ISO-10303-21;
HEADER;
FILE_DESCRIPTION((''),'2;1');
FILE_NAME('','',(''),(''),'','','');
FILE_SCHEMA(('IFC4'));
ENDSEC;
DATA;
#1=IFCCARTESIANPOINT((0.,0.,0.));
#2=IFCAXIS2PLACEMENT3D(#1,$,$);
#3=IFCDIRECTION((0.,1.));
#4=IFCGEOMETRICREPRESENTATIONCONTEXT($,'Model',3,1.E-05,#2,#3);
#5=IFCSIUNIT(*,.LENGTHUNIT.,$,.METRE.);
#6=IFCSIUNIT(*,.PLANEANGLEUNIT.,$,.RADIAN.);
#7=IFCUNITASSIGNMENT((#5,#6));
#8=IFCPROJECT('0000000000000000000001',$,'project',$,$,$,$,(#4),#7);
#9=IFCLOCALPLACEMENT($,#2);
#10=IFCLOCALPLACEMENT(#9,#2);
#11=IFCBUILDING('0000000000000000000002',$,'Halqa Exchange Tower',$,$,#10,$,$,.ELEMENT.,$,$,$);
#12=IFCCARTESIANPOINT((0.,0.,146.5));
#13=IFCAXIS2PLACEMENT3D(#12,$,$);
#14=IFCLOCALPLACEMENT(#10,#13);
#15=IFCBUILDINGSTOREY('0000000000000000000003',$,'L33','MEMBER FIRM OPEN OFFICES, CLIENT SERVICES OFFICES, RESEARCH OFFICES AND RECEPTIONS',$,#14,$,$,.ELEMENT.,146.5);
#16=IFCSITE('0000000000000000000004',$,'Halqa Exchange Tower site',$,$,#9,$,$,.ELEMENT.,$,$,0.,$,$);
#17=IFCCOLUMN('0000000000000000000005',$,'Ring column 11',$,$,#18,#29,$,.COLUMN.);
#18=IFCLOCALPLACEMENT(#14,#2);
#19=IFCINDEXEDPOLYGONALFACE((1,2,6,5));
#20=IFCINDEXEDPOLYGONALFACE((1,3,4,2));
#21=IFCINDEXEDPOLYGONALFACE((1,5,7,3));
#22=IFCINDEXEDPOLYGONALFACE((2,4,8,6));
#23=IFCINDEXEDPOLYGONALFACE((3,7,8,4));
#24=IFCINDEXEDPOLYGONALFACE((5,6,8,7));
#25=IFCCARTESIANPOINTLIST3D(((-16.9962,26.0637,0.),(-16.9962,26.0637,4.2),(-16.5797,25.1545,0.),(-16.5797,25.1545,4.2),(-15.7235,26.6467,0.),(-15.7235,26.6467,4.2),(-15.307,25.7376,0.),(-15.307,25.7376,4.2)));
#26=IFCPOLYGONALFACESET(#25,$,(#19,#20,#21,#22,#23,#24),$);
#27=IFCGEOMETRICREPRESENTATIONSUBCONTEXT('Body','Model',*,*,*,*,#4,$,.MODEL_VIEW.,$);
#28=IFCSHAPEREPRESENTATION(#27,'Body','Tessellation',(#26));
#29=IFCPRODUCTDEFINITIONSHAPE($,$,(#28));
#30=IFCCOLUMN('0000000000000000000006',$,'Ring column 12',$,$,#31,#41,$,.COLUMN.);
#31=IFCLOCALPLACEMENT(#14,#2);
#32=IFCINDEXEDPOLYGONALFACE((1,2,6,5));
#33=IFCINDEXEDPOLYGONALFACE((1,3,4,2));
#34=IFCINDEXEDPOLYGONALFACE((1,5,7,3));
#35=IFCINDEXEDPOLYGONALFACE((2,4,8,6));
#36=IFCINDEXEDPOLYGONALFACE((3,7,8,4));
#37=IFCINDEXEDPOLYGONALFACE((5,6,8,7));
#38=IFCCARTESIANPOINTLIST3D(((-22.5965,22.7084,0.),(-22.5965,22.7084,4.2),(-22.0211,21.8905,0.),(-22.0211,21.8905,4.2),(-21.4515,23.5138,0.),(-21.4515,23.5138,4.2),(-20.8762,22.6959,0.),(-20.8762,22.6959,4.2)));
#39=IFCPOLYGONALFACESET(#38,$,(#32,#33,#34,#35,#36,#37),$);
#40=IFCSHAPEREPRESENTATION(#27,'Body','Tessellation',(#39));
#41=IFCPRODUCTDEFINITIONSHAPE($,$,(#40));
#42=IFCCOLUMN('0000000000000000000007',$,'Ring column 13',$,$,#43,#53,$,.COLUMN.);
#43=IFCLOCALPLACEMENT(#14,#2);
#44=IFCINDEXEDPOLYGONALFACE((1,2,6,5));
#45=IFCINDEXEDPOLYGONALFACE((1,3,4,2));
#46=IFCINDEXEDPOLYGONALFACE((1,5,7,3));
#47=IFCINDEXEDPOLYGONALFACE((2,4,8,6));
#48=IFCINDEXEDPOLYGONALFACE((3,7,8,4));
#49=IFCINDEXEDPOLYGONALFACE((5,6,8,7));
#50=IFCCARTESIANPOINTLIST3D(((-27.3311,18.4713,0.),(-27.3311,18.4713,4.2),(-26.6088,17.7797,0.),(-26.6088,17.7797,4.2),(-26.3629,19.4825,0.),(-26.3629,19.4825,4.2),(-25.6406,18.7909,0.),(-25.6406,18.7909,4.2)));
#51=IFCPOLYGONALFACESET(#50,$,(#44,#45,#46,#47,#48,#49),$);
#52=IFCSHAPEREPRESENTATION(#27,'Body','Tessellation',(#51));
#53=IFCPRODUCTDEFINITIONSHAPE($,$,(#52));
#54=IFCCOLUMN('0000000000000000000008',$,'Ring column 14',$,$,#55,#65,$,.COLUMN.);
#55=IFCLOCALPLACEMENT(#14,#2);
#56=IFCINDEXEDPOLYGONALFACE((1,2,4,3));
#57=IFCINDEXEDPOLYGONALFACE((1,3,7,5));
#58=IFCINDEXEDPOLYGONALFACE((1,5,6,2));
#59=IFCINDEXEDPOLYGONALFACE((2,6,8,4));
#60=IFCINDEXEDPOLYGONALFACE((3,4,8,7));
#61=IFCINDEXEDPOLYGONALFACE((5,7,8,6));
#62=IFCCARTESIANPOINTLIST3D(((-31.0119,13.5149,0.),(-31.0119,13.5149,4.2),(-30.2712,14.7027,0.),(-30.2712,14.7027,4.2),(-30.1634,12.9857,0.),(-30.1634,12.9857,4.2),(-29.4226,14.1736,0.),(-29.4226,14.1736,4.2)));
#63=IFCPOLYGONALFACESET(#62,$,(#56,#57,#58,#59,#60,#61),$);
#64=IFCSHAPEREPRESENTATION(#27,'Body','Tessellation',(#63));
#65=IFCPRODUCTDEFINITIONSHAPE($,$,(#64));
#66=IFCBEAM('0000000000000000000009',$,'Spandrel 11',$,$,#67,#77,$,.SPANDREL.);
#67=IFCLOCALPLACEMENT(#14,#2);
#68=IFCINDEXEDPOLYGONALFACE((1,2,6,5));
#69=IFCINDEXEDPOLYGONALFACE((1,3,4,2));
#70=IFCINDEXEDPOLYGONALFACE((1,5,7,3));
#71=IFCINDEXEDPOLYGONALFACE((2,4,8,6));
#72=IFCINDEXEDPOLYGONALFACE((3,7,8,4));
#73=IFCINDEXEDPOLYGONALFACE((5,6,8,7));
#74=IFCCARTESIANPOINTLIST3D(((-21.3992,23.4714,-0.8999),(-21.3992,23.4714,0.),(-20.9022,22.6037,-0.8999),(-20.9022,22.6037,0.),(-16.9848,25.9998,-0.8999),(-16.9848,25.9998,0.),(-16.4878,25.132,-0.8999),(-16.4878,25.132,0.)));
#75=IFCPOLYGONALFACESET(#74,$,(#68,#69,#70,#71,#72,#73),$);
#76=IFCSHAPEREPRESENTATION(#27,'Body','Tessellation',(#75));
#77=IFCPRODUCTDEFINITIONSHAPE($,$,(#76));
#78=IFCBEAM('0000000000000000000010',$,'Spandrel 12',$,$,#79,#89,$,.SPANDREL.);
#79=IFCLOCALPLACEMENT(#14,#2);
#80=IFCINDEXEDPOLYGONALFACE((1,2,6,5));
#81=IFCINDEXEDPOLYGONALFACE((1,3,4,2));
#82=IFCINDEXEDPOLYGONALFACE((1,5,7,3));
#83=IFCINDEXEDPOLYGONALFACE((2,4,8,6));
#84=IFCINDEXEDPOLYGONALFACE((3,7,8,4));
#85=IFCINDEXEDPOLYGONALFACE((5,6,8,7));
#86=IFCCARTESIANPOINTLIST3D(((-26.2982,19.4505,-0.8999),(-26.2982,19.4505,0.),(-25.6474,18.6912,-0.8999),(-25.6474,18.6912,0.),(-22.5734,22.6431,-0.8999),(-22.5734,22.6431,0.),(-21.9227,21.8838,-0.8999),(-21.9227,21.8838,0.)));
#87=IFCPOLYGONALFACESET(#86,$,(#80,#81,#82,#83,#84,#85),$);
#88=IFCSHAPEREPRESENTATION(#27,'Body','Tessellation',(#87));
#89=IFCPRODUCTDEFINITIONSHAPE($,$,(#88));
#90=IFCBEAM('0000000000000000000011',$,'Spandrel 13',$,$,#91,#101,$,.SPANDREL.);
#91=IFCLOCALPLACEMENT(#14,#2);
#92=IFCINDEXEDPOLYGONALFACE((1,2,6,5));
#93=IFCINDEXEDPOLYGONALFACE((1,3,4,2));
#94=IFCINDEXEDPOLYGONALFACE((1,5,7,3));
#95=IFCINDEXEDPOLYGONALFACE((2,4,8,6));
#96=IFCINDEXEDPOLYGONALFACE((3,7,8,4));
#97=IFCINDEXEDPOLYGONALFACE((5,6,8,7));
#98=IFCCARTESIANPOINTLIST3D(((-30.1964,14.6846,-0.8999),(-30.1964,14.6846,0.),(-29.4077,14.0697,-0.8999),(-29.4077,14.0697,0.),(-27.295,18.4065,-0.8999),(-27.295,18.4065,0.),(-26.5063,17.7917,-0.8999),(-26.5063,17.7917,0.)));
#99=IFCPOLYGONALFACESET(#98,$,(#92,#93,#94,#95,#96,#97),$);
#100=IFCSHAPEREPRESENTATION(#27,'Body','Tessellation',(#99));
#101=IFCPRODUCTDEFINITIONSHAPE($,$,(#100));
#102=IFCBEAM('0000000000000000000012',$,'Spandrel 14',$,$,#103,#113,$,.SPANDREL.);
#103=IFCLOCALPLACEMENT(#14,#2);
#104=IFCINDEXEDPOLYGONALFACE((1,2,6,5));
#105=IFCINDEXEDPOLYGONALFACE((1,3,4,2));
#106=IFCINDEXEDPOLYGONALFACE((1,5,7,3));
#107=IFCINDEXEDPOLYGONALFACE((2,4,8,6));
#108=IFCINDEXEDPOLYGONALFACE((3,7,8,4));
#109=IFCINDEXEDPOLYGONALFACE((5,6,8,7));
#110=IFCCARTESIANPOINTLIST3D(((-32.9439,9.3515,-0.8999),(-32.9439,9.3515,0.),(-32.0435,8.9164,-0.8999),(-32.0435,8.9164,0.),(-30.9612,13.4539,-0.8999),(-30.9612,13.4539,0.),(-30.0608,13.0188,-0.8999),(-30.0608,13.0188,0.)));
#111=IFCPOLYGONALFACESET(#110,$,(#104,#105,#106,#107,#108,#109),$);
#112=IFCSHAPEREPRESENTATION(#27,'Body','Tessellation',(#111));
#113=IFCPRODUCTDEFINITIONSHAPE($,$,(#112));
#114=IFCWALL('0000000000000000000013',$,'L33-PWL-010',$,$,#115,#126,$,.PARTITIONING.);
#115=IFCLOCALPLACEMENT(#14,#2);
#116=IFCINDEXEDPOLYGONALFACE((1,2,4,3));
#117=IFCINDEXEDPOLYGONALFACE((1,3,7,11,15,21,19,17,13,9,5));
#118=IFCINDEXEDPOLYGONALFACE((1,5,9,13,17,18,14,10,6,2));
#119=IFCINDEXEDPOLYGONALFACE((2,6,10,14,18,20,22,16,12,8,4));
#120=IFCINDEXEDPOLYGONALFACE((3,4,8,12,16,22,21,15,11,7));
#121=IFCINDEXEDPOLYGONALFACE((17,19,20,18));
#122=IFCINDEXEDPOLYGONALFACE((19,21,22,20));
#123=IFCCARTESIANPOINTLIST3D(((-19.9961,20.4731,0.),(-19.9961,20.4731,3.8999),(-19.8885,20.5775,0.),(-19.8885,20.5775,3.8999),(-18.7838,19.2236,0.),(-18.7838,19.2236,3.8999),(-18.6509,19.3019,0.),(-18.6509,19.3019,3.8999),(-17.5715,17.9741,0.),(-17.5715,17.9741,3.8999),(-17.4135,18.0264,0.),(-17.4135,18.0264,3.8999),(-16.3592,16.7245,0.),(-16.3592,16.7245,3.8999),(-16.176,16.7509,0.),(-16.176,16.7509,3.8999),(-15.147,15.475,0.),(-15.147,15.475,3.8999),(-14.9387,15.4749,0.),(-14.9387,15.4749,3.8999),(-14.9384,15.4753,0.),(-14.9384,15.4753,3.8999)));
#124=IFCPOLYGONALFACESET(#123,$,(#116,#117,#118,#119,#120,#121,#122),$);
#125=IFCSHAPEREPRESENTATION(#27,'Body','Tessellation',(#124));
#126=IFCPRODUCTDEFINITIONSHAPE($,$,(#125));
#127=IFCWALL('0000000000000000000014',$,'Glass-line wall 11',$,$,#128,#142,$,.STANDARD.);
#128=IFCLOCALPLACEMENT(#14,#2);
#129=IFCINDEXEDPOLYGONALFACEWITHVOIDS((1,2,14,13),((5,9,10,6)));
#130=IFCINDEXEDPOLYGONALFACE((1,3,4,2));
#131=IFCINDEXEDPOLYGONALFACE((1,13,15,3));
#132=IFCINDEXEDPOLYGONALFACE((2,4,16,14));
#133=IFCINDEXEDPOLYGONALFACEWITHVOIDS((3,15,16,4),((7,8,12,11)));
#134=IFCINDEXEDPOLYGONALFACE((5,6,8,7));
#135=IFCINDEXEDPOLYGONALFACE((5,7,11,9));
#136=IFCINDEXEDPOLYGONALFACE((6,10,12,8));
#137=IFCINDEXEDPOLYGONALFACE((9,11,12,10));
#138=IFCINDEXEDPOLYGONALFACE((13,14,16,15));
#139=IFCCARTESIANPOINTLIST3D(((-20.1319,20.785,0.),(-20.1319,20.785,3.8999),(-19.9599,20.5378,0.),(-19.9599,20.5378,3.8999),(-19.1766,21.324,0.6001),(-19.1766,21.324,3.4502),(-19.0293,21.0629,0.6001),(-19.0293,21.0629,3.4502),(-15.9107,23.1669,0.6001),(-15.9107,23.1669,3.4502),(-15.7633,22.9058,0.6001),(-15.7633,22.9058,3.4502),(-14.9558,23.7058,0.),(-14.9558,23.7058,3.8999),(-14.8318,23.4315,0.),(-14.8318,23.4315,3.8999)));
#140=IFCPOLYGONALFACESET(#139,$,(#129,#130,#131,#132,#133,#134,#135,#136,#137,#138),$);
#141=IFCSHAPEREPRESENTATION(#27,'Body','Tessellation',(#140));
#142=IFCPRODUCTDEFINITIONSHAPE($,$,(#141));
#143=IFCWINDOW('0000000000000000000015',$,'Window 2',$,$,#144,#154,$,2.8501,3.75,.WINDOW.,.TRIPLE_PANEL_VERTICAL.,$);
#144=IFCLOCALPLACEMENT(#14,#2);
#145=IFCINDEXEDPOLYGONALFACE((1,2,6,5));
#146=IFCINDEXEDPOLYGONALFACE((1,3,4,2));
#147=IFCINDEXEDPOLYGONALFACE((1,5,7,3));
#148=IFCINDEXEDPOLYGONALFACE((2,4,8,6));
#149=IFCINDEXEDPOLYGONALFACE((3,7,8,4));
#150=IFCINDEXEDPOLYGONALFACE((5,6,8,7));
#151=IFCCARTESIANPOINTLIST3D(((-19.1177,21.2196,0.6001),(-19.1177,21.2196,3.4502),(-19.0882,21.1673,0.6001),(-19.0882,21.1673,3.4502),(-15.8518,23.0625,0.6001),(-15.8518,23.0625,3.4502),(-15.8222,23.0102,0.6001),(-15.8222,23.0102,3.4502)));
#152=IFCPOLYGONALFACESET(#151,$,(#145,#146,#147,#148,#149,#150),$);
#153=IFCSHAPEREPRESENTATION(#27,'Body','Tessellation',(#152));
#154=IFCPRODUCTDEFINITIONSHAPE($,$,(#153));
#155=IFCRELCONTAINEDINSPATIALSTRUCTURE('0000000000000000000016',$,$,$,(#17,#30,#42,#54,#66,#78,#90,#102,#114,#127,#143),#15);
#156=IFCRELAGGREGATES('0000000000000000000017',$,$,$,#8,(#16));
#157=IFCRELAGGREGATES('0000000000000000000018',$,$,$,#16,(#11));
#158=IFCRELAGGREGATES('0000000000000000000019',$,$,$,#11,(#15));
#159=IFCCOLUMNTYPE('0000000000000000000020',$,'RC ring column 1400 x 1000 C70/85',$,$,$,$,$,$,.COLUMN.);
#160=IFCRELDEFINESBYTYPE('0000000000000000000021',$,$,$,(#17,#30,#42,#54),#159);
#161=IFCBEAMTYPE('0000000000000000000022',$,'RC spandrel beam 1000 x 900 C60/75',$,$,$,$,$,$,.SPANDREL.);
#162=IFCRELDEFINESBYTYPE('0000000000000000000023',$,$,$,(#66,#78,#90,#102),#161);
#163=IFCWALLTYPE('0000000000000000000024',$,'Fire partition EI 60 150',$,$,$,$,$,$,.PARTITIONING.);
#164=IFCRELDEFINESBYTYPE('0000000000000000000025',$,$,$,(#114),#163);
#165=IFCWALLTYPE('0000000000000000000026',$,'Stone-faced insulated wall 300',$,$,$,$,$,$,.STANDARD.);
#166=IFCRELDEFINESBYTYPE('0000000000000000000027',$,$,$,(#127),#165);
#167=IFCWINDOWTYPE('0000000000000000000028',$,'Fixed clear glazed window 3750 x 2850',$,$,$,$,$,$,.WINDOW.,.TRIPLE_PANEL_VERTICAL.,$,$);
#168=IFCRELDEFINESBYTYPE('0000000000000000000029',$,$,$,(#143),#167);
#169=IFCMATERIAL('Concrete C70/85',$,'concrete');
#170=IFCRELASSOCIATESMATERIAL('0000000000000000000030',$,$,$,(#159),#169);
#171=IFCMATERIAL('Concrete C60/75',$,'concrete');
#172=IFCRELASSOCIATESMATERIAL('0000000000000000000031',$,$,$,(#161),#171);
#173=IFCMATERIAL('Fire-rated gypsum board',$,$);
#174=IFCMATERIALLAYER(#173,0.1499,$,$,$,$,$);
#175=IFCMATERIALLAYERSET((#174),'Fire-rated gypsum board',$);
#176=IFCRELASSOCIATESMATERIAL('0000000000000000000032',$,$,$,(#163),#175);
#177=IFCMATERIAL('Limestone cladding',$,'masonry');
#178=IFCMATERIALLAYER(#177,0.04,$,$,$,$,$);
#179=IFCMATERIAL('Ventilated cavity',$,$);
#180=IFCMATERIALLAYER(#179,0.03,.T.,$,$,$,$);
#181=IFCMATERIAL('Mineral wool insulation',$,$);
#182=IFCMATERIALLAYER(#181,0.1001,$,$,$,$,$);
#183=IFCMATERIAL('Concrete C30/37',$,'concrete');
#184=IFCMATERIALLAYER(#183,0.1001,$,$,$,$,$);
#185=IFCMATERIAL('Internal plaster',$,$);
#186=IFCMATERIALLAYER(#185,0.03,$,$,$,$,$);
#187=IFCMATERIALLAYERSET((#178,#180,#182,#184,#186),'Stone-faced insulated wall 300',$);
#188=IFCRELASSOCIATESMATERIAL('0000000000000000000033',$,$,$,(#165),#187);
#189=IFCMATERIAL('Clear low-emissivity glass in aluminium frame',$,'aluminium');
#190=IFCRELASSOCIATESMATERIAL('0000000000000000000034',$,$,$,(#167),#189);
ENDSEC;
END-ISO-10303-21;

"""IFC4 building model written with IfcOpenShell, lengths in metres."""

from ifc_helpers import new_model, si_unit, direction, frame, frame_2d, origin, origin_2d, place, context, subcontext, project, spatial, polyline, rectangle, outline, extrude, material, layer, layer_set, material_profile, profile_set, type_object, element, fill, save


model = new_model("IFC4")

# Units and contexts
model_context = context("Model", 3, precision=1e-05, world=origin(), true_north=direction((0.0, 1.0)))
body_context = subcontext(model_context, "Body", "Model", "MODEL_VIEW")
ifc_project = project(units=[si_unit("LENGTHUNIT", "METRE"), si_unit("PLANEANGLEUNIT", "RADIAN")], contexts=[model_context])

# Site, building, storey
site_placement = place(None, origin())
site = spatial("IfcSite", under=ifc_project, at=site_placement, Name="Halqa Exchange Tower site", CompositionType="ELEMENT", RefElevation=0.0)
building_placement = place(site_placement, origin())
building = spatial("IfcBuilding", under=site, at=building_placement, Name="Halqa Exchange Tower", CompositionType="ELEMENT")
storey_placement = place(building_placement, frame((0.0, 0.0, 146.5)))
storey = spatial("IfcBuildingStorey", under=building, at=storey_placement, Name="L33", Description="MEMBER FIRM OPEN OFFICES, CLIENT SERVICES OFFICES, RESEARCH OFFICES AND RECEPTIONS", CompositionType="ELEMENT", Elevation=146.5)

# Columns
ifc_material_1 = material(Name="Concrete C70/85", Category="concrete")
ifc_material_profile_1 = material_profile(ifc_material_1, rectangle(XDim=1.3999, YDim=1.0, at=origin_2d()), Name="1400 x 1000")
ifc_profile_set_1 = profile_set([ifc_material_profile_1], Name="Concrete C70/85")
column_type = type_object("IfcColumnType", Name="RC ring column 1400 x 1000 C70/85", PredefinedType="COLUMN", material=ifc_profile_set_1)
for number, where, z_axis, x_axis, name in (
    (1, (-16.1516, 25.9006, 0.0), (0.0, 0.0, 1.0), (-0.909127, -0.416519, 0.0), "Ring column 11"),
    (2, (-21.7363, 22.7021, 0.0), (0.0, 0.0, 1.0), (-0.817908, -0.575349, 0.0), "Ring column 12"),
    (3, (-26.4858, 18.6311, 0.0), (0.0, 0.0, 1.0), (-0.691574, -0.722306, 0.0), "Ring column 13"),
    (4, (-30.2173, 13.8442, 0.0), (0.0, 0.0, 1.0), (-0.529138, -0.848536, 0.0), "Ring column 14"),
):
    element("IfcColumn", number, at=place(storey_placement, frame(where, z_axis=z_axis, x_axis=x_axis)), inside=storey, type_object=column_type, Name=name, PredefinedType="COLUMN", context=body_context, shape_type="SweptSolid", body=[
        extrude(rectangle(XDim=1.3999, YDim=1.0, at=origin_2d()), origin(), (0.0, 0.0, 1.0), 4.2),
    ])

# Beams
ifc_material_2 = material(Name="Concrete C60/75", Category="concrete")
ifc_material_profile_2 = material_profile(ifc_material_2, rectangle(XDim=1.0, YDim=0.8999, at=origin_2d()), Name="1000 x 900")
ifc_profile_set_2 = profile_set([ifc_material_profile_2], Name="Concrete C60/75")
beam_type = type_object("IfcBeamType", Name="RC spandrel beam 1000 x 900 C60/75", PredefinedType="SPANDREL", material=ifc_profile_set_2)
beam_1_placement = place(storey_placement, frame((-16.7363, 25.5659, -0.45), z_axis=(-0.867747, -0.497007, 0.0), x_axis=(0.497007, -0.867747, 0.0)))
element("IfcBeam", 5, at=beam_1_placement, inside=storey, type_object=beam_type, Name="Spandrel 11", PredefinedType="SPANDREL", context=body_context, shape_type="SweptSolid", body=[
    extrude(rectangle(XDim=1.0, YDim=0.8999, at=origin_2d()), origin(), (0.0, 0.0, 1.0), 5.0872),
])
beam_2_placement = place(storey_placement, frame((-22.248, 22.2634, -0.45), z_axis=(-0.759267, -0.650779, 0.0), x_axis=(0.650779, -0.759267, 0.0)))
element("IfcBeam", 6, at=beam_2_placement, inside=storey, type_object=beam_type, Name="Spandrel 12", PredefinedType="SPANDREL", context=body_context, shape_type="SweptSolid", body=[
    extrude(rectangle(XDim=1.0, YDim=0.8999, at=origin_2d()), origin(), (0.0, 0.0, 1.0), 4.9058),
])
beam_3_placement = place(storey_placement, frame((-26.9006, 18.0991, -0.45), z_axis=(-0.614803, -0.78868, 0.0), x_axis=(0.78868, -0.614803, 0.0)))
element("IfcBeam", 7, at=beam_3_placement, inside=storey, type_object=beam_type, Name="Spandrel 13", PredefinedType="SPANDREL", context=body_context, shape_type="SweptSolid", body=[
    extrude(rectangle(XDim=1.0, YDim=0.8999, at=origin_2d()), origin(), (0.0, 0.0, 1.0), 4.7192),
])
beam_4_placement = place(storey_placement, frame((-30.511, 13.2363, -0.45), z_axis=(-0.435149, -0.900358, 0.0), x_axis=(0.900358, -0.435149, 0.0)))
element("IfcBeam", 8, at=beam_4_placement, inside=storey, type_object=beam_type, Name="Spandrel 14", PredefinedType="SPANDREL", context=body_context, shape_type="SweptSolid", body=[
    extrude(rectangle(XDim=1.0, YDim=0.8999, at=origin_2d()), origin(), (0.0, 0.0, 1.0), 4.5564),
])

# Shared definitions
ifc_material_3 = material(Name="Fire-rated gypsum board")
ifc_layer_1 = layer(ifc_material_3, 0.1499)
ifc_layer_set_1 = layer_set([ifc_layer_1], Name="Fire-rated gypsum board")
wall_type_1 = type_object("IfcWallType", Name="Fire partition EI 60 150", PredefinedType="PARTITIONING", material=ifc_layer_set_1)

# Wall
wall_1_placement = place(storey_placement, frame((-14.9922, 15.4231, 0.0), z_axis=(0.0, 0.0, 1.0), x_axis=(-0.696328, 0.717724, 0.0)))
element("IfcWall", 9, at=wall_1_placement, inside=storey, type_object=wall_type_1, Name="L33-PWL-010", PredefinedType="PARTITIONING", context=body_context, shape_type="SweptSolid", body=[
    extrude(outline(polyline([(7.1089, 0.075), (5.3679, 0.075), (3.627, 0.075), (1.886, 0.075), (0.145, 0.075), (0.0, -0.0745), (0.0, -0.075), (1.7773, -0.075), (3.5544, -0.075), (5.3315, -0.075), (7.1089, -0.075), (7.1089, 0.075)])), origin(), (0.0, 0.0, 1.0), 3.8999),
])

# Wall, opening, window
ifc_material_4 = material(Name="Limestone cladding", Category="masonry")
ifc_layer_2 = layer(ifc_material_4, 0.04)
ifc_material_5 = material(Name="Ventilated cavity")
ifc_layer_3 = layer(ifc_material_5, 0.03, ventilated=True)
ifc_material_6 = material(Name="Mineral wool insulation")
ifc_layer_4 = layer(ifc_material_6, 0.1001)
ifc_material_7 = material(Name="Concrete C30/37", Category="concrete")
ifc_layer_5 = layer(ifc_material_7, 0.1001)
ifc_material_8 = material(Name="Internal plaster")
ifc_layer_6 = layer(ifc_material_8, 0.03)
ifc_layer_set_2 = layer_set([ifc_layer_2, ifc_layer_3, ifc_layer_4, ifc_layer_5, ifc_layer_6], Name="Stone-faced insulated wall 300")
wall_type_2 = type_object("IfcWallType", Name="Stone-faced insulated wall 300", PredefinedType="STANDARD", material=ifc_layer_set_2)
wall_2_placement = place(storey_placement, frame((-14.8938, 23.5686, 0.0), z_axis=(0.0, 0.0, 1.0), x_axis=(-0.870912, -0.491438, 0.0)))
wall_2 = element("IfcWall", 10, at=wall_2_placement, inside=storey, type_object=wall_type_2, Name="Glass-line wall 11", PredefinedType="STANDARD", context=body_context, shape_type="SweptSolid", body=[
    extrude(outline(polyline([(-0.0134, -0.1499), (5.9299, -0.1499), (5.9016, 0.1499), (0.0134, 0.1499), (-0.0134, -0.1499)])), origin(), (0.0, 0.0, 1.0), 3.8999),
])
opening_1_placement = place(wall_2_placement, frame((1.083, 0.0, 0.6001)))
opening_1 = element("IfcOpeningElement", 11, at=opening_1_placement, cuts=wall_2, PredefinedType="OPENING", context=body_context, shape_type="SweptSolid", body=[
    extrude(rectangle(XDim=3.75, YDim=2.8501, at=frame_2d((1.875, 1.425))), frame((0.0, 0.1621, 0.0), z_axis=(0.0, -1.0, 0.0), x_axis=(1.0, 0.0, 0.0)), (0.0, 0.0, 1.0), 0.324),
])
ifc_material_9 = material(Name="Clear low-emissivity glass in aluminium frame", Category="aluminium")
window_type = type_object("IfcWindowType", Name="Fixed clear glazed window 3750 x 2850", PartitioningType="TRIPLE_PANEL_VERTICAL", PredefinedType="WINDOW", material=ifc_material_9)
window_1_placement = place(opening_1_placement, origin())
window_1 = element("IfcWindow", 12, at=window_1_placement, inside=storey, type_object=window_type, Name="Window 2", OverallHeight=2.8501, OverallWidth=3.75, PartitioningType="TRIPLE_PANEL_VERTICAL", PredefinedType="WINDOW", context=body_context, shape_type="SweptSolid", body=[
    extrude(rectangle(XDim=3.75, YDim=2.8501, at=frame_2d((1.875, 1.425))), frame((0.0, 0.03, 0.0), z_axis=(0.0, -1.0, 0.0), x_axis=(1.0, 0.0, 0.0)), (0.0, 0.0, 1.0), 0.0601),
])
fill(opening_1, window_1)

save(model, "model.ifc")
